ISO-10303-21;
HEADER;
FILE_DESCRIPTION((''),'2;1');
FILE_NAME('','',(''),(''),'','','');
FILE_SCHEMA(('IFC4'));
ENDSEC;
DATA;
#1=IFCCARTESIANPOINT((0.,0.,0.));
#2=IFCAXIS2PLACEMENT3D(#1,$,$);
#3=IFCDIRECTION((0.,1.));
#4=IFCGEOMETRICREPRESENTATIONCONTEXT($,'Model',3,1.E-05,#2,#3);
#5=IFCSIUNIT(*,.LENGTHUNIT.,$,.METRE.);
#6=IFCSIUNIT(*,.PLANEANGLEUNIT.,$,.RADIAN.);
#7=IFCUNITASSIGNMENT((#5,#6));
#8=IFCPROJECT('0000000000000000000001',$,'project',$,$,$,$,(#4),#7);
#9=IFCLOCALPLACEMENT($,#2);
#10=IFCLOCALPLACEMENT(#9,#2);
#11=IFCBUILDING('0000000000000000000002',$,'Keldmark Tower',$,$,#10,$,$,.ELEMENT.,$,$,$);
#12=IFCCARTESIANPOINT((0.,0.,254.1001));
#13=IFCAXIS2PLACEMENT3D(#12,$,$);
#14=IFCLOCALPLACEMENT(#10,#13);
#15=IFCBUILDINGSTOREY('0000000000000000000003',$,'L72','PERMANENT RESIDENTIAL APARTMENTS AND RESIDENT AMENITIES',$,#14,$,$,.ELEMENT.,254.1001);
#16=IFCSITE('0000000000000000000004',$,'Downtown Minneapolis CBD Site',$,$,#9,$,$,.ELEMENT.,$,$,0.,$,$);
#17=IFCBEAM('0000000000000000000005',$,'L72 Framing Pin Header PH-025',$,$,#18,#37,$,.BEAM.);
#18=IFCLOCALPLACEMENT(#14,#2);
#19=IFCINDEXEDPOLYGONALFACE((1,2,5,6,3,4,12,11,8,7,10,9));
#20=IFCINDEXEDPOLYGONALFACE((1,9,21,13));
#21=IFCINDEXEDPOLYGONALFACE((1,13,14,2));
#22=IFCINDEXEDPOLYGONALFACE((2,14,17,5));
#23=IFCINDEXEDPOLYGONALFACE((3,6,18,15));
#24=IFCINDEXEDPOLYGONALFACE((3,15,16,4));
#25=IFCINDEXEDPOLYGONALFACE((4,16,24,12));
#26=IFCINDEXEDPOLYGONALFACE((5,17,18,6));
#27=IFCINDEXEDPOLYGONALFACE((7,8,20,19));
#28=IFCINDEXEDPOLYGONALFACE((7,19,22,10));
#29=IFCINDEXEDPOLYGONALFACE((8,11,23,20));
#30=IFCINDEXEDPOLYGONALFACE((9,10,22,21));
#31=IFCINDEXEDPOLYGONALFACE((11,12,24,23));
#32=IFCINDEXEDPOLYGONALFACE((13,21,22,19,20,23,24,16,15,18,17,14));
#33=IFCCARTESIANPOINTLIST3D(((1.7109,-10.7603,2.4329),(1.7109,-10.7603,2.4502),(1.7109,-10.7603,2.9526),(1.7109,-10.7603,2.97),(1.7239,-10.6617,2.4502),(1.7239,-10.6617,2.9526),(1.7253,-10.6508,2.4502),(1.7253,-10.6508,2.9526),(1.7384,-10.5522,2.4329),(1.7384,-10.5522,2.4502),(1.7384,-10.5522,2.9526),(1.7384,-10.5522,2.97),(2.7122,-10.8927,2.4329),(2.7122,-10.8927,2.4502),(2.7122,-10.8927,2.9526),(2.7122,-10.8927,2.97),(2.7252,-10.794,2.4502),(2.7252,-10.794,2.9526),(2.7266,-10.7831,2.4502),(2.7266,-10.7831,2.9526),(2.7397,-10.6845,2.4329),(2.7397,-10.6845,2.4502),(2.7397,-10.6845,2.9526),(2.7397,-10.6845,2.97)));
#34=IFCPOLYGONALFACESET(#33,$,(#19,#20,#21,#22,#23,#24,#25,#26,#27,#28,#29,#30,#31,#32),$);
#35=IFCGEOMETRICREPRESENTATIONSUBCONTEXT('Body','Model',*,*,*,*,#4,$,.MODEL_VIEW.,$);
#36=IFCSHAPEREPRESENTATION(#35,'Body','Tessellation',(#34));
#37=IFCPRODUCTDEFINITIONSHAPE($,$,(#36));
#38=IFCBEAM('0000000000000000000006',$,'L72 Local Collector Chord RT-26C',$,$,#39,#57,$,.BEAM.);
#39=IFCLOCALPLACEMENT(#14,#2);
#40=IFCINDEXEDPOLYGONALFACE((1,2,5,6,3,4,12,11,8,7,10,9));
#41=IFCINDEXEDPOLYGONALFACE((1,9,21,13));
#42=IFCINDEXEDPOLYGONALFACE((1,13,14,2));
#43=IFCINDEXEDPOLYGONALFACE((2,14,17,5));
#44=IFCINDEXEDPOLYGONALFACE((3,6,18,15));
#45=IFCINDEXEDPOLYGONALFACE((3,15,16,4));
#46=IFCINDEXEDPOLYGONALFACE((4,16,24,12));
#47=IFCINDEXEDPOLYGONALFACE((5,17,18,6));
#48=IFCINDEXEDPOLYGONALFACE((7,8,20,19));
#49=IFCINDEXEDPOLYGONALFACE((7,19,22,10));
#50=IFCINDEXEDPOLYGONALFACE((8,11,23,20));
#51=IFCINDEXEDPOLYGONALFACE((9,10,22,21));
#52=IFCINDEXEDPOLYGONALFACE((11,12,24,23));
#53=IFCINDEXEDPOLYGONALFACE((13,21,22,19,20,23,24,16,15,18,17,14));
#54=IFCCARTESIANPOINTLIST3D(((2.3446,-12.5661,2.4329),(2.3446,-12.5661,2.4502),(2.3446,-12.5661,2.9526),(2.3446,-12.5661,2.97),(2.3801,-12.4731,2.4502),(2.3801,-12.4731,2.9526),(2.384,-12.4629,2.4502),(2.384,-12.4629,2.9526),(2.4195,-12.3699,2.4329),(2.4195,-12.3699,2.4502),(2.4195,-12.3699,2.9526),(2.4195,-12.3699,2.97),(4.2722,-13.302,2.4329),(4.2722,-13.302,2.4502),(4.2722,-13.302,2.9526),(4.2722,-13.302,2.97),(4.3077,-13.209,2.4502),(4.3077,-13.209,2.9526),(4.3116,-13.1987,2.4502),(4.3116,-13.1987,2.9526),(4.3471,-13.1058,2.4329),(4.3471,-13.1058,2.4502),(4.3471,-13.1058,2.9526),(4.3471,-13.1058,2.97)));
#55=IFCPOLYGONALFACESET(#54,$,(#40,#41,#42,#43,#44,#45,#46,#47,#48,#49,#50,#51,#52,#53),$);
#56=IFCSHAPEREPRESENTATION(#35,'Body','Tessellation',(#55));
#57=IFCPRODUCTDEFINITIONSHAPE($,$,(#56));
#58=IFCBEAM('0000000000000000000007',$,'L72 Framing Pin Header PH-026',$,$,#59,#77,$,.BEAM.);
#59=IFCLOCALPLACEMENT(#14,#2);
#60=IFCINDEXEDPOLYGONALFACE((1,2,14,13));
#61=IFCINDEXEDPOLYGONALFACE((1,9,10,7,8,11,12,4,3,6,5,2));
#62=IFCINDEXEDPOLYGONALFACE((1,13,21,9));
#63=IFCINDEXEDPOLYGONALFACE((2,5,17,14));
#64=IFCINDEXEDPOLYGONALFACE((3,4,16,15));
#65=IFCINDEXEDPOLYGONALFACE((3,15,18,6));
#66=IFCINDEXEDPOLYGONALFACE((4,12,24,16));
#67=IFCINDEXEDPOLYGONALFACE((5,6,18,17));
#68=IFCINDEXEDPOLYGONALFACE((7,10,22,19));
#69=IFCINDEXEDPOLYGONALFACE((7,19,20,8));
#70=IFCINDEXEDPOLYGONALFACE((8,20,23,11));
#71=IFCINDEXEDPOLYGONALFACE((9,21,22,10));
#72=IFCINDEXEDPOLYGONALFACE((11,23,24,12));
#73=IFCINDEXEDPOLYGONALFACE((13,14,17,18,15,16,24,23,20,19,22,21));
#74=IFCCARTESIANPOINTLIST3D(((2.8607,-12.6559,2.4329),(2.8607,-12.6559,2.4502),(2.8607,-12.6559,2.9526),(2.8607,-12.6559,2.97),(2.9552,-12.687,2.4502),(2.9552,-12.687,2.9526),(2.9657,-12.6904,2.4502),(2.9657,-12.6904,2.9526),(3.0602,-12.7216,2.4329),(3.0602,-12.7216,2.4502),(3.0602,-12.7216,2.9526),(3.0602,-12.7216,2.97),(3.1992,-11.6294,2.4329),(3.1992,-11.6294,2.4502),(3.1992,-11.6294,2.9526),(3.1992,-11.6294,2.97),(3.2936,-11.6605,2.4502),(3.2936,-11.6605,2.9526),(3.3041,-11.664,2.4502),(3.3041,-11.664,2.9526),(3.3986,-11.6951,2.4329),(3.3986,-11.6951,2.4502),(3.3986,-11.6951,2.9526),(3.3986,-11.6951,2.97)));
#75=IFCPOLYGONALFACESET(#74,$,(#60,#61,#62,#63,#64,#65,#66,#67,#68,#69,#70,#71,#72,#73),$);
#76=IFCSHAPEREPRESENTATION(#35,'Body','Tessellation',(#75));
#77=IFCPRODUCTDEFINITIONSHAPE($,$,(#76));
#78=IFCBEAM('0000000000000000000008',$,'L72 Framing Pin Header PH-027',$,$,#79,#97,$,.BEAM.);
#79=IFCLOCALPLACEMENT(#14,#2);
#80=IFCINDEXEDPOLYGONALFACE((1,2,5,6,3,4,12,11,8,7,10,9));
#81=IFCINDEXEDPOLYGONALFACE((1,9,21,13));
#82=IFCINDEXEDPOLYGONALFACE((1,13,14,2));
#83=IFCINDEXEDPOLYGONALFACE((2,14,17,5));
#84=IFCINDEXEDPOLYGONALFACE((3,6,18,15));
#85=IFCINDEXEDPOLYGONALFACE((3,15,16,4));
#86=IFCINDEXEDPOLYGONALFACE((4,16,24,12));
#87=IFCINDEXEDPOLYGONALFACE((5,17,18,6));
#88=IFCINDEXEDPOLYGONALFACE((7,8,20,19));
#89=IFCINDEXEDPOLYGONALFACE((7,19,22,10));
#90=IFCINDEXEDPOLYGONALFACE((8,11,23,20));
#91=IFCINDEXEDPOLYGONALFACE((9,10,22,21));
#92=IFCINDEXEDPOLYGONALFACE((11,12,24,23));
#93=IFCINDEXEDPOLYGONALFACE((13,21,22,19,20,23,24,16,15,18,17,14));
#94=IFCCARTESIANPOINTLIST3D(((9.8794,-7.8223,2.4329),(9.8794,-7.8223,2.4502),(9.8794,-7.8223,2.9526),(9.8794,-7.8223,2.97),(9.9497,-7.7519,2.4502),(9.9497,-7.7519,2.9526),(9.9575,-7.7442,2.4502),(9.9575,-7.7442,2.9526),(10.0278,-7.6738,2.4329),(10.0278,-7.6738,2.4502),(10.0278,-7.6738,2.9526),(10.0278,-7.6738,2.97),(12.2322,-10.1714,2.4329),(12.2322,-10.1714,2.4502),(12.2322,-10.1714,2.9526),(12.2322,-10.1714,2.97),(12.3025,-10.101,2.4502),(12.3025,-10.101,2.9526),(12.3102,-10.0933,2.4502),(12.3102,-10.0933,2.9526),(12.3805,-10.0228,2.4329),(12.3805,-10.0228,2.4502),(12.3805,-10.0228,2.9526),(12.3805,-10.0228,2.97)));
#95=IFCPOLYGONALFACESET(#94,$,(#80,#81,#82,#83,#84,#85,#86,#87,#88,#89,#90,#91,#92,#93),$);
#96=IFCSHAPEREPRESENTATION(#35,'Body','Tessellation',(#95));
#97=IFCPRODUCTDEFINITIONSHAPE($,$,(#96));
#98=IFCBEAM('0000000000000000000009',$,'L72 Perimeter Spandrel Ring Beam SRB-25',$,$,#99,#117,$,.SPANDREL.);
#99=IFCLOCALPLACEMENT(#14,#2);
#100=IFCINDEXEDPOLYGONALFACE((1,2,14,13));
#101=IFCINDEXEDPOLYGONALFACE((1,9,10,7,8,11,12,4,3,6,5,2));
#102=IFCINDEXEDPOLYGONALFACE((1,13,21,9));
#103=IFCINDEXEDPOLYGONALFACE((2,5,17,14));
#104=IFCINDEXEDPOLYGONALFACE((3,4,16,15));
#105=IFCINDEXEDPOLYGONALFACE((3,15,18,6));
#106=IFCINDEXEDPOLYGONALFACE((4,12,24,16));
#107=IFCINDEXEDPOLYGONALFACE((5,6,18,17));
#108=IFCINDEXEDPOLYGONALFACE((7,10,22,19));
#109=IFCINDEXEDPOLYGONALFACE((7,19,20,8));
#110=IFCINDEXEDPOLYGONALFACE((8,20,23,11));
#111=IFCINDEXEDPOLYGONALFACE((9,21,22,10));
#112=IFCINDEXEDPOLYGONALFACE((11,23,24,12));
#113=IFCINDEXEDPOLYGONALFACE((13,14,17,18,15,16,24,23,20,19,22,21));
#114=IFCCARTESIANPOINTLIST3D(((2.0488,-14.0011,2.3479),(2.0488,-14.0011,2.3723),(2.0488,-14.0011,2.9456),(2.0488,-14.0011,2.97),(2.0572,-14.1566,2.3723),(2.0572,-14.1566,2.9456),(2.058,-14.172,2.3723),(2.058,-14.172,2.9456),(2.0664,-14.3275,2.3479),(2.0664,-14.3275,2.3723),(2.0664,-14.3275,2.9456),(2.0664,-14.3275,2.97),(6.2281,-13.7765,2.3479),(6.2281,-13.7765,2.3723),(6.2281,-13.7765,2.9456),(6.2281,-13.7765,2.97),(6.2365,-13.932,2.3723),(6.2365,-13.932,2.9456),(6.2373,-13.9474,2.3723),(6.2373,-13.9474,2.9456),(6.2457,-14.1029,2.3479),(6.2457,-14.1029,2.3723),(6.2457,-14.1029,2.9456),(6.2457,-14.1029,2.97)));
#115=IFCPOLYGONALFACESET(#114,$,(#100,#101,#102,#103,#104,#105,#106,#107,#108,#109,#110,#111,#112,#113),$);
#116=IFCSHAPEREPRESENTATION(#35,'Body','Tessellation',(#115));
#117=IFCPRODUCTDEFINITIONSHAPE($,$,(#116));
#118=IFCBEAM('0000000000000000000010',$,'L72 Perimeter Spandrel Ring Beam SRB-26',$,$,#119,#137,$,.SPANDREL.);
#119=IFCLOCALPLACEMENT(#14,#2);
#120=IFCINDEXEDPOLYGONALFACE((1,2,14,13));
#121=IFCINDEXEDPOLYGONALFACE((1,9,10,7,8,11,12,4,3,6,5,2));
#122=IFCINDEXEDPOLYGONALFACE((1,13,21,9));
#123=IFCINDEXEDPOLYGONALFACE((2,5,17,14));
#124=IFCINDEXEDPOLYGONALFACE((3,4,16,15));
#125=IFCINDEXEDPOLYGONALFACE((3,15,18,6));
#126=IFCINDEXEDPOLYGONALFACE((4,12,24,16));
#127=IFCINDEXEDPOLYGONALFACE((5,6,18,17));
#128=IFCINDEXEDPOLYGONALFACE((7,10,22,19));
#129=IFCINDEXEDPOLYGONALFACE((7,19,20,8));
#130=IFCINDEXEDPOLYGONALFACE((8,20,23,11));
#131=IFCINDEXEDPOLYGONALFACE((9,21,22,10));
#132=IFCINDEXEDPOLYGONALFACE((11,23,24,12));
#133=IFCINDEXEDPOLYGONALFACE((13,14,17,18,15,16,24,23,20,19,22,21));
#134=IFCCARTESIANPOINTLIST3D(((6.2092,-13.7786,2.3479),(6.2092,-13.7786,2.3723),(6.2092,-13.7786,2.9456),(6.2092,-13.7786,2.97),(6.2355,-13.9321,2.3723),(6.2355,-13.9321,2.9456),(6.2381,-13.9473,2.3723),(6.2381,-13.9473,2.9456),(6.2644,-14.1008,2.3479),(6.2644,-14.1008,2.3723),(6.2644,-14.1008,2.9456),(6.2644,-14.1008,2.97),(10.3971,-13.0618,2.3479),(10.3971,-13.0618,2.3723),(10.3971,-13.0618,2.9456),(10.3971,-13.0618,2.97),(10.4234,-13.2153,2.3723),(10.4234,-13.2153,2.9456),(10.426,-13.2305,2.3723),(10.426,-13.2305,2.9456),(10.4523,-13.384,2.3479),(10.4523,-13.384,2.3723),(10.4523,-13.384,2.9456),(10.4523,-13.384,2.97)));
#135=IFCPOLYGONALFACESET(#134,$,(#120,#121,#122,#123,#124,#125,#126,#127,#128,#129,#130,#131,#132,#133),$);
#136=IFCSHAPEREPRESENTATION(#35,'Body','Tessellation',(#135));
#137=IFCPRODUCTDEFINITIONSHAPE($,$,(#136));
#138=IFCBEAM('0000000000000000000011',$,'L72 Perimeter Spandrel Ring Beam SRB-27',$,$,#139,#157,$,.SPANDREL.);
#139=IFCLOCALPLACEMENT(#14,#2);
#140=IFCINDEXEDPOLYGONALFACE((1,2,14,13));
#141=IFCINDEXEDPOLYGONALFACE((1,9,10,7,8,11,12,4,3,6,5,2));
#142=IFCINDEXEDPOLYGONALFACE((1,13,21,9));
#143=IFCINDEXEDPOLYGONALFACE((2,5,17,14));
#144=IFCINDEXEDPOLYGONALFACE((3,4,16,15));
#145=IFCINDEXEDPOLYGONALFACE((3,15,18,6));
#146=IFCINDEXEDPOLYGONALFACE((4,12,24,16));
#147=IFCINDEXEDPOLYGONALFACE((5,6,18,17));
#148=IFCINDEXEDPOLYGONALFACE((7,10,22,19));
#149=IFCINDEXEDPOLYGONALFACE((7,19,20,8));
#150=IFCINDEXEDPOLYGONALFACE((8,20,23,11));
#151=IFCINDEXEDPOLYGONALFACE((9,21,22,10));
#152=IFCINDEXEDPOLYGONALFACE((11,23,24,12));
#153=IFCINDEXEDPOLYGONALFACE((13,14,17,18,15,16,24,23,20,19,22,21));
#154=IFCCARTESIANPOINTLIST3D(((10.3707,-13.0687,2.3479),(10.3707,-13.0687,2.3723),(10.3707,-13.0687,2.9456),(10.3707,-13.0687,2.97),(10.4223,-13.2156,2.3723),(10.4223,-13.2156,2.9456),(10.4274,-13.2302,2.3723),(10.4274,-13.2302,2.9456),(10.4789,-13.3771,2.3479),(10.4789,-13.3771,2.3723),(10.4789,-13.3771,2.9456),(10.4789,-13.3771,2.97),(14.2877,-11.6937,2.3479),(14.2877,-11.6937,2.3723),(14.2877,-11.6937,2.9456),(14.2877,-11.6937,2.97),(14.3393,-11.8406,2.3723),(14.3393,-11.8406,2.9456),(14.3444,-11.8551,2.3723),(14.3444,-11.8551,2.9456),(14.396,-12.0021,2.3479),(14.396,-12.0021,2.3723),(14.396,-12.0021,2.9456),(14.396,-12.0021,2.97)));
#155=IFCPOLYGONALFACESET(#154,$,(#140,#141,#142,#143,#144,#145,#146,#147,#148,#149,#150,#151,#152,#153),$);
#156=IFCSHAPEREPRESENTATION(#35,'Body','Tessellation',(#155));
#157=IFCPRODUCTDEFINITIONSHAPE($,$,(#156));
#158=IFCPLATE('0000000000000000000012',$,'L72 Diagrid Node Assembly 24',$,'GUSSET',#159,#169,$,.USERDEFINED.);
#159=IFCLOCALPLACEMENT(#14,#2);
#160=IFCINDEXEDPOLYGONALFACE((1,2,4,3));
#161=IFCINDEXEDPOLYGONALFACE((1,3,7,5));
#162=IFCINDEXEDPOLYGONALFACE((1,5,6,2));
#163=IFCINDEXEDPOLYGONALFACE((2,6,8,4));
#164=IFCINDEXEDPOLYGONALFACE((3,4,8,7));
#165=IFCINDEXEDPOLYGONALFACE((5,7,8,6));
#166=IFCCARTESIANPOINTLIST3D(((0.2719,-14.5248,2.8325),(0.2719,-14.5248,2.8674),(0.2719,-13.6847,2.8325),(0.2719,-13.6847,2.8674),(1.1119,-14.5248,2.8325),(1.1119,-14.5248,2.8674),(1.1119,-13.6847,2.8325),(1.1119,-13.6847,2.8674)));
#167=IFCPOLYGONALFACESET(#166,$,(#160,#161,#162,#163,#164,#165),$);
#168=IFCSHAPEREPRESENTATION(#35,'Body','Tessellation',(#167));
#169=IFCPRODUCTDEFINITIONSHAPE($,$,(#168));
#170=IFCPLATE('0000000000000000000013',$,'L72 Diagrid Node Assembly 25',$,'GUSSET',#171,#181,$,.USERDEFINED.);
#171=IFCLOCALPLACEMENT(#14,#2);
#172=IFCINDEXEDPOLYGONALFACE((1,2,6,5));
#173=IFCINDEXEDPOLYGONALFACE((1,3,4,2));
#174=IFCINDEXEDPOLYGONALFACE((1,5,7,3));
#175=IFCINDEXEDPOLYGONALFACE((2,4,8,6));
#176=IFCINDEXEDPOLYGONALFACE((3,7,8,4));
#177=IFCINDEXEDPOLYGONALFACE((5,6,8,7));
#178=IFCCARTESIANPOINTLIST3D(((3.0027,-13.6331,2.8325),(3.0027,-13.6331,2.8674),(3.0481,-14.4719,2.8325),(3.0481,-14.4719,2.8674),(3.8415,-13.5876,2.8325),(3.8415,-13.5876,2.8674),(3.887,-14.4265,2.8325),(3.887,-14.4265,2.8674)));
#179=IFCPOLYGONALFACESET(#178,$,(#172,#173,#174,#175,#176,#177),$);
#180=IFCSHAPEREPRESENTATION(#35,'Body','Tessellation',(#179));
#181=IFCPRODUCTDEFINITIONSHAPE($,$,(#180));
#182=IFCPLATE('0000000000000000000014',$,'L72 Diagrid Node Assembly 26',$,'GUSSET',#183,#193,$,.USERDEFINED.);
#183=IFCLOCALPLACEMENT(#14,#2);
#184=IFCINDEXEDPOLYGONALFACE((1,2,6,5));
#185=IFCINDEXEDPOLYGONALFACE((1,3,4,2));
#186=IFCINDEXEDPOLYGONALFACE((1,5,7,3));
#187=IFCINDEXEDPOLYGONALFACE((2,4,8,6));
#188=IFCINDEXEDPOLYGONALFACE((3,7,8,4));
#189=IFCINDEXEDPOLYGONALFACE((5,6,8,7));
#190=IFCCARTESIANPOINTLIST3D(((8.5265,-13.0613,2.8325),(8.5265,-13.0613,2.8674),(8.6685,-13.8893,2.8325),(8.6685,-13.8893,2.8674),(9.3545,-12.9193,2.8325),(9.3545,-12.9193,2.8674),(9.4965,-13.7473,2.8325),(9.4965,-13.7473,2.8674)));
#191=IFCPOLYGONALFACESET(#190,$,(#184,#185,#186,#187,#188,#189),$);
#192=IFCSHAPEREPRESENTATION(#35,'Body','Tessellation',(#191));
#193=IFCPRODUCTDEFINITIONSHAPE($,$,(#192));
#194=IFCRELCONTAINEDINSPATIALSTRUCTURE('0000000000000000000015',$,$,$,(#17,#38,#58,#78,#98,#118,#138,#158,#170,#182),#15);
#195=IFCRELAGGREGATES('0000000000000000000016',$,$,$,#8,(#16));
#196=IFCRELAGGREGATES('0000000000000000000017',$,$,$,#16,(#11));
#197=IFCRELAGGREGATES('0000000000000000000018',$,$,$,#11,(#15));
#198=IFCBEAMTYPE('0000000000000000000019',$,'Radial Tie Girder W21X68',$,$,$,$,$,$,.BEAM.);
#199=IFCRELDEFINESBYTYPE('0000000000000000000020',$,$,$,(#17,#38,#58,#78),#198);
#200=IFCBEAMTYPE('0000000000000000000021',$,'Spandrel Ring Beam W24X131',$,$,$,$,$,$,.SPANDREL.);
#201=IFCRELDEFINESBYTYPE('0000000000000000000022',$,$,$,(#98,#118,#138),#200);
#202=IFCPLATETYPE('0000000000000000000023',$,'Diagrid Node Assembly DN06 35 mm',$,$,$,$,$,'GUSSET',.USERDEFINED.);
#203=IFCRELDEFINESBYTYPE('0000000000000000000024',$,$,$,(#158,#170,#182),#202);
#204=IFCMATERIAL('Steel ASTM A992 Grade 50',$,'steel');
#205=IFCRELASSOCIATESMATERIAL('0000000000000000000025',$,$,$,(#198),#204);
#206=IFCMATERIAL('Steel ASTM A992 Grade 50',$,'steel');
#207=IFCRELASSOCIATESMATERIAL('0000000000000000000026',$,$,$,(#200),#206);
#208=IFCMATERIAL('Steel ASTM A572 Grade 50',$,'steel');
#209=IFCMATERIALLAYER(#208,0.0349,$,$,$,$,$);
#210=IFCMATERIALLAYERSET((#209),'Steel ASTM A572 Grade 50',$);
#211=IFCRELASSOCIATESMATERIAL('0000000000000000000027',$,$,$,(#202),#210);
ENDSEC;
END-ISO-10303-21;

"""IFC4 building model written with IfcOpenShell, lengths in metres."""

from ifc_helpers import new_model, si_unit, direction, frame, origin, origin_2d, place, context, subcontext, project, spatial, rectangle, i_section, extrude, material, layer, layer_set, material_profile, profile_set, type_object, element, save


model = new_model("IFC4")

# Units and contexts
model_context = context("Model", 3, precision=1e-05, world=origin(), true_north=direction((0.0, 1.0)))
body_context = subcontext(model_context, "Body", "Model", "MODEL_VIEW")
ifc_project = project(units=[si_unit("LENGTHUNIT", "METRE"), si_unit("PLANEANGLEUNIT", "RADIAN")], contexts=[model_context])

# Site, building, storey
site_placement = place(None, origin())
site = spatial("IfcSite", under=ifc_project, at=site_placement, Name="Downtown Minneapolis CBD Site", CompositionType="ELEMENT", RefElevation=0.0)
building_placement = place(site_placement, origin())
building = spatial("IfcBuilding", under=site, at=building_placement, Name="Keldmark Tower", CompositionType="ELEMENT")
storey_placement = place(building_placement, frame((0.0, 0.0, 254.1001)))
storey = spatial("IfcBuildingStorey", under=building, at=storey_placement, Name="L72", Description="PERMANENT RESIDENTIAL APARTMENTS AND RESIDENT AMENITIES", CompositionType="ELEMENT", Elevation=254.1001)

# Beams
ifc_material_1 = material(Name="Steel ASTM A992 Grade 50", Category="steel")
ifc_material_profile_1 = material_profile(ifc_material_1, i_section(OverallWidth=0.21, OverallDepth=0.5371, WebThickness=0.011, FlangeThickness=0.0173, at=origin_2d()), Name="W21X68")
ifc_profile_set_1 = profile_set([ifc_material_profile_1], Name="Steel ASTM A992 Grade 50")
beam_type_1 = type_object("IfcBeamType", Name="Radial Tie Girder W21X68", PredefinedType="BEAM", material=ifc_profile_set_1)
beam_1_placement = place(storey_placement, frame((1.7246, -10.6562, 2.7014), z_axis=(0.991379, -0.131024, 0.0), x_axis=(0.131024, 0.991379, 0.0)))
element("IfcBeam", 1, at=beam_1_placement, inside=storey, type_object=beam_type_1, Name="L72 Framing Pin Header PH-025", PredefinedType="BEAM", context=body_context, shape_type="SweptSolid", body=[
    extrude(i_section(OverallWidth=0.21, OverallDepth=0.5371, WebThickness=0.011, FlangeThickness=0.0173, at=origin_2d()), origin(), (0.0, 0.0, 1.0), 1.01),
])
beam_2_placement = place(storey_placement, frame((2.3821, -12.468, 2.7014), z_axis=(0.934236, -0.356655, 0.0), x_axis=(0.356655, 0.934236, 0.0)))
element("IfcBeam", 2, at=beam_2_placement, inside=storey, type_object=beam_type_1, Name="L72 Local Collector Chord RT-26C", PredefinedType="BEAM", context=body_context, shape_type="SweptSolid", body=[
    extrude(i_section(OverallWidth=0.21, OverallDepth=0.5371, WebThickness=0.011, FlangeThickness=0.0173, at=origin_2d()), origin(), (0.0, 0.0, 1.0), 2.0632),
])
beam_3_placement = place(storey_placement, frame((2.9604, -12.6887, 2.7014), z_axis=(0.313109, 0.949717, 0.0), x_axis=(-0.949717, 0.313109, 0.0)))
element("IfcBeam", 3, at=beam_3_placement, inside=storey, type_object=beam_type_1, Name="L72 Framing Pin Header PH-026", PredefinedType="BEAM", context=body_context, shape_type="SweptSolid", body=[
    extrude(i_section(OverallWidth=0.21, OverallDepth=0.5371, WebThickness=0.011, FlangeThickness=0.0173, at=origin_2d()), origin(), (0.0, 0.0, 1.0), 1.0808),
])
beam_4_placement = place(storey_placement, frame((9.9536, -7.748, 2.7014), z_axis=(0.707657, -0.706556, 0.0), x_axis=(0.706556, 0.707657, 0.0)))
element("IfcBeam", 4, at=beam_4_placement, inside=storey, type_object=beam_type_1, Name="L72 Framing Pin Header PH-027", PredefinedType="BEAM", context=body_context, shape_type="SweptSolid", body=[
    extrude(i_section(OverallWidth=0.21, OverallDepth=0.5371, WebThickness=0.011, FlangeThickness=0.0173, at=origin_2d()), origin(), (0.0, 0.0, 1.0), 3.3247),
])
ifc_material_2 = material(Name="Steel ASTM A992 Grade 50", Category="steel")
ifc_material_profile_2 = material_profile(ifc_material_2, i_section(OverallWidth=0.3269, OverallDepth=0.6221, WebThickness=0.0154, FlangeThickness=0.0244, at=origin_2d()), Name="W24X131")
ifc_profile_set_2 = profile_set([ifc_material_profile_2], Name="Steel ASTM A992 Grade 50")
beam_type_2 = type_object("IfcBeamType", Name="Spandrel Ring Beam W24X131", PredefinedType="SPANDREL", material=ifc_profile_set_2)
beam_5_placement = place(storey_placement, frame((2.0576, -14.1643, 2.6589), z_axis=(0.998559, 0.053667, 0.0), x_axis=(-0.053667, 0.998559, 0.0)))
element("IfcBeam", 5, at=beam_5_placement, inside=storey, type_object=beam_type_2, Name="L72 Perimeter Spandrel Ring Beam SRB-25", PredefinedType="SPANDREL", context=body_context, shape_type="SweptSolid", body=[
    extrude(i_section(OverallWidth=0.3269, OverallDepth=0.6221, WebThickness=0.0154, FlangeThickness=0.0244, at=origin_2d()), origin(), (0.0, 0.0, 1.0), 4.1853),
])
beam_6_placement = place(storey_placement, frame((6.2368, -13.9397, 2.6589), z_axis=(0.985667, 0.168702, 0.0), x_axis=(-0.168702, 0.985667, 0.0)))
element("IfcBeam", 6, at=beam_6_placement, inside=storey, type_object=beam_type_2, Name="L72 Perimeter Spandrel Ring Beam SRB-26", PredefinedType="SPANDREL", context=body_context, shape_type="SweptSolid", body=[
    extrude(i_section(OverallWidth=0.3269, OverallDepth=0.6221, WebThickness=0.0154, FlangeThickness=0.0244, at=origin_2d()), origin(), (0.0, 0.0, 1.0), 4.2488),
])
beam_7_placement = place(storey_placement, frame((10.4248, -13.2229, 2.6589), z_axis=(0.943554, 0.33122, 0.0), x_axis=(-0.33122, 0.943554, 0.0)))
element("IfcBeam", 7, at=beam_7_placement, inside=storey, type_object=beam_type_2, Name="L72 Perimeter Spandrel Ring Beam SRB-27", PredefinedType="SPANDREL", context=body_context, shape_type="SweptSolid", body=[
    extrude(i_section(OverallWidth=0.3269, OverallDepth=0.6221, WebThickness=0.0154, FlangeThickness=0.0244, at=origin_2d()), origin(), (0.0, 0.0, 1.0), 4.1514),
])

# Plates
ifc_material_3 = material(Name="Steel ASTM A572 Grade 50", Category="steel")
ifc_layer_1 = layer(ifc_material_3, 0.0349)
ifc_layer_set_1 = layer_set([ifc_layer_1], Name="Steel ASTM A572 Grade 50")
plate_type = type_object("IfcPlateType", Name="Diagrid Node Assembly DN06 35 mm", ElementType="GUSSET", PredefinedType="USERDEFINED", material=ifc_layer_set_1)
for number, where, z_axis, x_axis, name in (
    (8, (0.6919, -14.1047, 2.8325), (0.0, 0.0, 1.0), (1.0, 0.0, 0.0), "L72 Diagrid Node Assembly 24"),
    (9, (3.4448, -14.0298, 2.8325), (0.0, 0.0, 1.0), (0.998537, 0.054079, 0.0), "L72 Diagrid Node Assembly 25"),
    (10, (9.0115, -13.4043, 2.8325), (0.0, 0.0, 1.0), (0.985615, 0.169005, 0.0), "L72 Diagrid Node Assembly 26"),
):
    element("IfcPlate", number, at=place(storey_placement, frame(where, z_axis=z_axis, x_axis=x_axis)), inside=storey, type_object=plate_type, Name=name, ObjectType="GUSSET", PredefinedType="USERDEFINED", context=body_context, shape_type="SweptSolid", body=[
        extrude(rectangle(XDim=0.8401, YDim=0.8401, at=origin_2d()), origin(), (0.0, 0.0, 1.0), 0.0349),
    ])

save(model, "model.ifc")
